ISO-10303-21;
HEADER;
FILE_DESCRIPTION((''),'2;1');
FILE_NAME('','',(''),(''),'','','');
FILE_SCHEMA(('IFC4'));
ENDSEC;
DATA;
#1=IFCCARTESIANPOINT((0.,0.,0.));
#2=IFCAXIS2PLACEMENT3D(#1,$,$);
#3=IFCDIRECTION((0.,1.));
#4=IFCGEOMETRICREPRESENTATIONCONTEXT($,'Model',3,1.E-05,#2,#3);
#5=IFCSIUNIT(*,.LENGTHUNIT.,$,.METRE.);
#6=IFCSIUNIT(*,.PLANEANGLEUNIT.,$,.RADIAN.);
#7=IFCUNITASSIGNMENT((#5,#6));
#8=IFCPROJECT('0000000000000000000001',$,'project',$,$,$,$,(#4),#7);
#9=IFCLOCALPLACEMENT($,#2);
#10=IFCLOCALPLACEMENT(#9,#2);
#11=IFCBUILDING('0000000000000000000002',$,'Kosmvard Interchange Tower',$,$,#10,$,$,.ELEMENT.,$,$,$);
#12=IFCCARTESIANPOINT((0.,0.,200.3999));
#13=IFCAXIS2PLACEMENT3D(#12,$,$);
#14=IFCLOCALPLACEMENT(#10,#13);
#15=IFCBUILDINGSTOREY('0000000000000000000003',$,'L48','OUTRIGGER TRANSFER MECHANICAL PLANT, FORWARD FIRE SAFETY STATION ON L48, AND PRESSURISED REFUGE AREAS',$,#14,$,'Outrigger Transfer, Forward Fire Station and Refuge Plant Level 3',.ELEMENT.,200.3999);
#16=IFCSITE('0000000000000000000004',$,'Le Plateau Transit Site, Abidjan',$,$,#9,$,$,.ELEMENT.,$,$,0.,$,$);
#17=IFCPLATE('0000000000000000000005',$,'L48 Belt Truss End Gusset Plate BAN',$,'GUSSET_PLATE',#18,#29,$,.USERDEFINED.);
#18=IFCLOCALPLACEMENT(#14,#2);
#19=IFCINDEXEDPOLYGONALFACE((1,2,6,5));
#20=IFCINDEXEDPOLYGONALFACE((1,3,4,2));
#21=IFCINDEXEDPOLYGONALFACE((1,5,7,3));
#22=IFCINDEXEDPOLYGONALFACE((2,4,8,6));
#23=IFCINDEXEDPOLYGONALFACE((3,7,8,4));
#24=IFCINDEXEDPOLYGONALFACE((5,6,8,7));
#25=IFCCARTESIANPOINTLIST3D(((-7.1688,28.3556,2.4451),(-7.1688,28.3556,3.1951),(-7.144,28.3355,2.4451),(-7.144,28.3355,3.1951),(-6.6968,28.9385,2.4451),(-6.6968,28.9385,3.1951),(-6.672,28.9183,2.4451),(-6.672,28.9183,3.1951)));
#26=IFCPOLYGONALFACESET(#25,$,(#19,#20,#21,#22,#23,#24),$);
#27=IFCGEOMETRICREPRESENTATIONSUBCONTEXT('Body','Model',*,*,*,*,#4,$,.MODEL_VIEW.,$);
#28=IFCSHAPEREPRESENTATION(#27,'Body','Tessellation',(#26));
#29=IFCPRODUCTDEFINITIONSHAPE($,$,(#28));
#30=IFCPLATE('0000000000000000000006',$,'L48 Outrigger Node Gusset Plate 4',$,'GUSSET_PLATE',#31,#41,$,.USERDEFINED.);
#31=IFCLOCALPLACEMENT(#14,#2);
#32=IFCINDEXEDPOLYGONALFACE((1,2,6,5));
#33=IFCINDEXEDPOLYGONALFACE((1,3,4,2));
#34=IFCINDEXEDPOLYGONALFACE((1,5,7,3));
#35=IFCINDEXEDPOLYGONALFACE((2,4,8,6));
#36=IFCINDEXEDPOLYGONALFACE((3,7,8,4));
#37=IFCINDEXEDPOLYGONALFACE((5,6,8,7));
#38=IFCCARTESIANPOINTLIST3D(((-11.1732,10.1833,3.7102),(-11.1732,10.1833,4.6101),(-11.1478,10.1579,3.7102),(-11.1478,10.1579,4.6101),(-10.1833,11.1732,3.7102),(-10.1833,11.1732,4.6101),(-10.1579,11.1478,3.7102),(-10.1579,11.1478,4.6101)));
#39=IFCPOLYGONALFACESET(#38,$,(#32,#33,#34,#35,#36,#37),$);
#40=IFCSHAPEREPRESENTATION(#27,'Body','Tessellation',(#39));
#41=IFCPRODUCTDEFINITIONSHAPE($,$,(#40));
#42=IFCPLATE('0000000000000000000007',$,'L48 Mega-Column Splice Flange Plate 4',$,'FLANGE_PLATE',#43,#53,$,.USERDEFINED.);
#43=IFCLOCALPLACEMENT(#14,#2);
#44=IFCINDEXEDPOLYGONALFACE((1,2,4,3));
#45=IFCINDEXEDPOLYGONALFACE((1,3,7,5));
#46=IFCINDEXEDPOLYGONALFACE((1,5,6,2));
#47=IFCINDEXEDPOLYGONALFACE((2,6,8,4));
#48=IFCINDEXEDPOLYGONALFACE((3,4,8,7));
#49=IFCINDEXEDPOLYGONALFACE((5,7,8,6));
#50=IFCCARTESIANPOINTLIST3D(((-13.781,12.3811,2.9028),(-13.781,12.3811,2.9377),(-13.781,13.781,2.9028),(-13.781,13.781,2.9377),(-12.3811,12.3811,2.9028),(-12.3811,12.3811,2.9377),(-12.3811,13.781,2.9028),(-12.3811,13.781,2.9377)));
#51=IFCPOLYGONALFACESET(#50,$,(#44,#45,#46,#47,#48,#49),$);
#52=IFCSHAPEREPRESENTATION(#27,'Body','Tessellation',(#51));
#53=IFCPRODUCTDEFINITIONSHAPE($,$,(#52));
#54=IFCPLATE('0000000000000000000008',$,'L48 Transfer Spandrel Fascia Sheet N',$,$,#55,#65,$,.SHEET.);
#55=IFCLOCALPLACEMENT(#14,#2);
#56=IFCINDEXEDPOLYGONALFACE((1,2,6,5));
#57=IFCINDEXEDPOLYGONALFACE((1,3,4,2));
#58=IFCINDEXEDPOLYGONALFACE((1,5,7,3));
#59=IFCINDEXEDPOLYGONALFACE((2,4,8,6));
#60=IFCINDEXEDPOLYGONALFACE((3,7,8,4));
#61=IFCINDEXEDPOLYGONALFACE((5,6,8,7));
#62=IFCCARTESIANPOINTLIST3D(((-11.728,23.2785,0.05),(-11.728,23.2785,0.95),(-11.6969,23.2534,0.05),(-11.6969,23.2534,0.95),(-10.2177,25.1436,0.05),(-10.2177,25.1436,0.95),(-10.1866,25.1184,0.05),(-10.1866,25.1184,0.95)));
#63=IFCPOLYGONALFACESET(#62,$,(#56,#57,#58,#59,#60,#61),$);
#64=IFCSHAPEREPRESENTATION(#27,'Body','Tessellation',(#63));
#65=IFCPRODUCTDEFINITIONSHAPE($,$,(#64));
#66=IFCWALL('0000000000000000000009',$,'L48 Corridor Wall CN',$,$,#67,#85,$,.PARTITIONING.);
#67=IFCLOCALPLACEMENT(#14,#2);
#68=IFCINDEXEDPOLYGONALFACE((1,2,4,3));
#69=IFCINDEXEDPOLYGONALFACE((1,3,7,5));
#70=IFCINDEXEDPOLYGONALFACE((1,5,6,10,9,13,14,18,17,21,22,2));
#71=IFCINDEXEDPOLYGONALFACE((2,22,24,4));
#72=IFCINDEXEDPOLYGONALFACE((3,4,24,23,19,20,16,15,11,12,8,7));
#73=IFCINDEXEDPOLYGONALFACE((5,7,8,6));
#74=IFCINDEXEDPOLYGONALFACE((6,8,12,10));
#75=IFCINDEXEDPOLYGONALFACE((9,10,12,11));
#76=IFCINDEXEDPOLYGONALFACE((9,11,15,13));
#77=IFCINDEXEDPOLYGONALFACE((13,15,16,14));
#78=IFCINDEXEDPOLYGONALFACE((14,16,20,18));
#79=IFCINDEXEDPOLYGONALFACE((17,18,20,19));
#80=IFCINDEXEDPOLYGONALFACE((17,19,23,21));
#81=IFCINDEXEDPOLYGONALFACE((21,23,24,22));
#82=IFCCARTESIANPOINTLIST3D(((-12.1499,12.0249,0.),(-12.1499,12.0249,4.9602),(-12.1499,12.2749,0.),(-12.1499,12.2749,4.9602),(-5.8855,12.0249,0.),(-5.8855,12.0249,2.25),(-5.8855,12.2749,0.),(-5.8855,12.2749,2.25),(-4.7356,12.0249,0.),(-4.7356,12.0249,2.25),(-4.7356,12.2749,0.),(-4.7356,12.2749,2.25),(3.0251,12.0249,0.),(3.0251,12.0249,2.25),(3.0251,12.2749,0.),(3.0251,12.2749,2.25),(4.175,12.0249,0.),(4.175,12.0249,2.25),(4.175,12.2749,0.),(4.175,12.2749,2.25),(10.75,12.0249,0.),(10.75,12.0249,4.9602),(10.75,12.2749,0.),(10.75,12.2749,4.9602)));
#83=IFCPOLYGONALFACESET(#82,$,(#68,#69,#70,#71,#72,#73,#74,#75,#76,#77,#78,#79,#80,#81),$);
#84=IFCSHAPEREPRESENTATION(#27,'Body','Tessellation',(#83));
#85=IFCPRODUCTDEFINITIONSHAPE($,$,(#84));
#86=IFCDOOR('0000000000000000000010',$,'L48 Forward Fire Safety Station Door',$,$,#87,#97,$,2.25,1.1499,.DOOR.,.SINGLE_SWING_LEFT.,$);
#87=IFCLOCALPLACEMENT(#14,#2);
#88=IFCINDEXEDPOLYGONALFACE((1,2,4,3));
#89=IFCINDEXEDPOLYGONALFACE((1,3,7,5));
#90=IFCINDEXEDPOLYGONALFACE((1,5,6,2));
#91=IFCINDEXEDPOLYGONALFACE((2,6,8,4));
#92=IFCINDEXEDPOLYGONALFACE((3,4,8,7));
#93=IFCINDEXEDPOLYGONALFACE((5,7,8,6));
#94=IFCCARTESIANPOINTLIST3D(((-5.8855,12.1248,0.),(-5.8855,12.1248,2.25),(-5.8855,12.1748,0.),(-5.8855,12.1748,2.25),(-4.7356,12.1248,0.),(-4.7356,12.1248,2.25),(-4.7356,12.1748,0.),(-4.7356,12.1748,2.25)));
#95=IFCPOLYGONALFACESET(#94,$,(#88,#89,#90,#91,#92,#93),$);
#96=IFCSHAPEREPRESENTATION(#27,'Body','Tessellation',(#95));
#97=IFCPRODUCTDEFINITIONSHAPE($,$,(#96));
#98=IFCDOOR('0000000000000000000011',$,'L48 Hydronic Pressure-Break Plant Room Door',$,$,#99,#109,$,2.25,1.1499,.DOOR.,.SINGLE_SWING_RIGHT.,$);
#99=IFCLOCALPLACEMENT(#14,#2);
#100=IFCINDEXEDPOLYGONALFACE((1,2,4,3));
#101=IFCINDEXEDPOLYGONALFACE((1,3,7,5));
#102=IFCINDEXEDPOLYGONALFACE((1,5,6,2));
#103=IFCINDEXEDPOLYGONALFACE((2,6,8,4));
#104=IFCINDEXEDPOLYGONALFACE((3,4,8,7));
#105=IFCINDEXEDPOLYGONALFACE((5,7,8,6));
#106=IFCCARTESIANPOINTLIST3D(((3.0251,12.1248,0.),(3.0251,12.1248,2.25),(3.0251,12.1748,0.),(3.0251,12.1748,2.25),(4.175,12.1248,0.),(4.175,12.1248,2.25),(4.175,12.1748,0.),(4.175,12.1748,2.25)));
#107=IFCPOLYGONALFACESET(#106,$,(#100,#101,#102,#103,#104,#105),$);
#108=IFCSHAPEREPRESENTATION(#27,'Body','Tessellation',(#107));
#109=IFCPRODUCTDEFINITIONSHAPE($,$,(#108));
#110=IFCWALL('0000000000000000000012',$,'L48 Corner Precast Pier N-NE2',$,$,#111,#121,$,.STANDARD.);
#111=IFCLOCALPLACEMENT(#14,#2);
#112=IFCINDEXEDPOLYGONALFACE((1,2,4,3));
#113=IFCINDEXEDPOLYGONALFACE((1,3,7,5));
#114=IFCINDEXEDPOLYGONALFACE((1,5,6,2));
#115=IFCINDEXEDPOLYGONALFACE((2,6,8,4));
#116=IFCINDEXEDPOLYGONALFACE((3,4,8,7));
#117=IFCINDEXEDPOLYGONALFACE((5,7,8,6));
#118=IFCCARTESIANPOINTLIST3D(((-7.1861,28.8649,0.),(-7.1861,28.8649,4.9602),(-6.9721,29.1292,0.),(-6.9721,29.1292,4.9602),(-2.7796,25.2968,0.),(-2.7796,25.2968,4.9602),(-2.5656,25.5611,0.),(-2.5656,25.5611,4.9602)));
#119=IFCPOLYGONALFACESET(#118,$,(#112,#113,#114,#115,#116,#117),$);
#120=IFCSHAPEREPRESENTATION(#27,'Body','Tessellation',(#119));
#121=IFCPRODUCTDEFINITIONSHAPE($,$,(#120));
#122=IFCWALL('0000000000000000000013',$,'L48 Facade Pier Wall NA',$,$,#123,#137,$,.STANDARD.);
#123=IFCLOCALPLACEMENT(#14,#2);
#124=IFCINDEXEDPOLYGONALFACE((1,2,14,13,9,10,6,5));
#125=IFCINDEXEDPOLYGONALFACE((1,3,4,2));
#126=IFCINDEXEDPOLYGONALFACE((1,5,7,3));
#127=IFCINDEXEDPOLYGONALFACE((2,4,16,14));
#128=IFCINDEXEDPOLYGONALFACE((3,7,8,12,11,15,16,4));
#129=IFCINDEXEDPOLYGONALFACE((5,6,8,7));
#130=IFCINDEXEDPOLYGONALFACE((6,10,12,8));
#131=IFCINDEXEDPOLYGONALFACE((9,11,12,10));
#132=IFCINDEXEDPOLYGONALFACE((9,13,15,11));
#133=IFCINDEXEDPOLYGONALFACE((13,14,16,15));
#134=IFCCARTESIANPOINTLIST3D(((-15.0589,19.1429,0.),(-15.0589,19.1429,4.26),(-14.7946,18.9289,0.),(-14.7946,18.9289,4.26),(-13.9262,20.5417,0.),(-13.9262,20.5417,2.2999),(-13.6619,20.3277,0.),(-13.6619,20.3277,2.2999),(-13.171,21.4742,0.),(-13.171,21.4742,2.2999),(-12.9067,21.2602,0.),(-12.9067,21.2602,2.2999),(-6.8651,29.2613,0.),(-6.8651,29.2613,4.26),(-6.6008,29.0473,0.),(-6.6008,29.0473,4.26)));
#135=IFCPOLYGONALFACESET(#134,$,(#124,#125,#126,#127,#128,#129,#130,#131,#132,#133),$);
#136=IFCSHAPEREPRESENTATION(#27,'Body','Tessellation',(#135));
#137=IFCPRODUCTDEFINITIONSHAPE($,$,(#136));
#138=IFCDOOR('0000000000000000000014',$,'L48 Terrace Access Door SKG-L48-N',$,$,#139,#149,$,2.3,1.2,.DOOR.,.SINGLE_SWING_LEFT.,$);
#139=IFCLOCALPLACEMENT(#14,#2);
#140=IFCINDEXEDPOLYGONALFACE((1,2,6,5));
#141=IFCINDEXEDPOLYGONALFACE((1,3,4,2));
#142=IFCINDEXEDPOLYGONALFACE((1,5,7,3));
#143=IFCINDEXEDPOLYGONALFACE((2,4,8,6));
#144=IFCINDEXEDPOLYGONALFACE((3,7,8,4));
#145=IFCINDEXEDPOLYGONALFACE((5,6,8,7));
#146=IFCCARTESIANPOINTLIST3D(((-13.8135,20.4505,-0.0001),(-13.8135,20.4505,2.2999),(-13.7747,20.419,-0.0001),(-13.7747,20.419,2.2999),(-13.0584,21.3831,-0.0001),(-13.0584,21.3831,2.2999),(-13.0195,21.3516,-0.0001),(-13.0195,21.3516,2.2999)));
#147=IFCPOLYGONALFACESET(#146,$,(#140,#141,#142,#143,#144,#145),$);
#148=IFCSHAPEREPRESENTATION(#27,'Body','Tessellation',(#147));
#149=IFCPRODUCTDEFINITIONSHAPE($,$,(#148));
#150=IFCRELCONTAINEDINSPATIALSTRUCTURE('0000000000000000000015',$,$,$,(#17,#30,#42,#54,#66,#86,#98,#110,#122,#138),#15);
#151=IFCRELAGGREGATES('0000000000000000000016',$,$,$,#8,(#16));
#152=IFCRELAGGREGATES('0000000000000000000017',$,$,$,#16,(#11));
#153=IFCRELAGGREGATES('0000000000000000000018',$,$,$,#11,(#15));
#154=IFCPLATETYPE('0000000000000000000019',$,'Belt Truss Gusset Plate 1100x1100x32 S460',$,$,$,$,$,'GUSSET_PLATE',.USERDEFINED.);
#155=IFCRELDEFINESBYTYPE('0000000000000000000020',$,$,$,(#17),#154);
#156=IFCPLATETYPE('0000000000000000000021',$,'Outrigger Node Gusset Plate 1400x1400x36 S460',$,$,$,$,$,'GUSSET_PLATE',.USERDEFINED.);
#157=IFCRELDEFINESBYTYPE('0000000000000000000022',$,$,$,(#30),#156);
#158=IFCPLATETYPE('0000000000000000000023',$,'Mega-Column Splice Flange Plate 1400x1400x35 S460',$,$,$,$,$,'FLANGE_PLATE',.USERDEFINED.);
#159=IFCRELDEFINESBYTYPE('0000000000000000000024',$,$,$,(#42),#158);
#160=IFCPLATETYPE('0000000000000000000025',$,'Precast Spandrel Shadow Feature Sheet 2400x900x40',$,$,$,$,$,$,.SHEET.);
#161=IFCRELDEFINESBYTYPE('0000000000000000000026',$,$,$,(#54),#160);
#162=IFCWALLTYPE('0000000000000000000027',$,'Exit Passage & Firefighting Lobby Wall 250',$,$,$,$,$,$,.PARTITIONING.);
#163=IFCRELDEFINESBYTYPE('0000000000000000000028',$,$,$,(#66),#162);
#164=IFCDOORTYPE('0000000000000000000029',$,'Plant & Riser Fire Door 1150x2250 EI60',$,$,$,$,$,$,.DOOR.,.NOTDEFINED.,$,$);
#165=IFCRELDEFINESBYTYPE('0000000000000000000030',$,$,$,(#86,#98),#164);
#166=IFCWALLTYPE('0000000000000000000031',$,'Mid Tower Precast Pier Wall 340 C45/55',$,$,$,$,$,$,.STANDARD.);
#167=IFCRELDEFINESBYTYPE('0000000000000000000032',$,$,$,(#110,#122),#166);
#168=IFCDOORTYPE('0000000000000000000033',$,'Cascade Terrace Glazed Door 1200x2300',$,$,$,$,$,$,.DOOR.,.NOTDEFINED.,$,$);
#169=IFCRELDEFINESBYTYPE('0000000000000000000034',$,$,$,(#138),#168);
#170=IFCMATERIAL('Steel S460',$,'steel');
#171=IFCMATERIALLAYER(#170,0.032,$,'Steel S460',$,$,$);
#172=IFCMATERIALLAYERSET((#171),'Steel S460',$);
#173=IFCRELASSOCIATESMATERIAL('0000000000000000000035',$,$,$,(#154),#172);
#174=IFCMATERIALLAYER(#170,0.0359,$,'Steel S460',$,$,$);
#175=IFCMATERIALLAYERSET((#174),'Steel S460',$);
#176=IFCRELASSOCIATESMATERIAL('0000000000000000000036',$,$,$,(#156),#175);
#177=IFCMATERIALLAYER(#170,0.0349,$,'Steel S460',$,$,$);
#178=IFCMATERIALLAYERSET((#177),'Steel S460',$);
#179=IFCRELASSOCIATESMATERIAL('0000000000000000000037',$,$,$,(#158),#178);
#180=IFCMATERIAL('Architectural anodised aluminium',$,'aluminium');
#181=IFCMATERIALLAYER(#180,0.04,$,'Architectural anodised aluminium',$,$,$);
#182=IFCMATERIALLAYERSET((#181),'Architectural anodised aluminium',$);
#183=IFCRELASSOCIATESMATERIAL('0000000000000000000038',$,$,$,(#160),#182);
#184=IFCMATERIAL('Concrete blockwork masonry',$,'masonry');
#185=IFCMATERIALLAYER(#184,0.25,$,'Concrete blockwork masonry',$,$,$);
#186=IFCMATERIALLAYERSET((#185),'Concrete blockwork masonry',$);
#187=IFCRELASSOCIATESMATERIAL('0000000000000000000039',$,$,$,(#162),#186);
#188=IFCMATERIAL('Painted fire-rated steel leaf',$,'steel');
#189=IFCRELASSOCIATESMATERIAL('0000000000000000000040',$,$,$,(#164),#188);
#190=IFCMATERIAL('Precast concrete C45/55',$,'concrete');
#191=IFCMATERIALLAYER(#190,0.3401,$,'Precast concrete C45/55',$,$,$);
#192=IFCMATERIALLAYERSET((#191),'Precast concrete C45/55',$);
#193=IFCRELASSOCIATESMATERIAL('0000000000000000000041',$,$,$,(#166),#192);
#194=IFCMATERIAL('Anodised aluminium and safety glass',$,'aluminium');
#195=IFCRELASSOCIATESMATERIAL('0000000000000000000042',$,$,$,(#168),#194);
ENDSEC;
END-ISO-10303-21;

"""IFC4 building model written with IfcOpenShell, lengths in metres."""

from ifc_helpers import new_model, si_unit, direction, frame, frame_2d, origin, origin_2d, place, context, subcontext, project, spatial, rectangle, extrude, source, transform, mapped, material, layer, layer_set, type_object, element, fill, save


model = new_model("IFC4")

# Units and contexts
model_context = context("Model", 3, precision=1e-05, world=origin(), true_north=direction((0.0, 1.0)))
body_context = subcontext(model_context, "Body", "Model", "MODEL_VIEW")
ifc_project = project(units=[si_unit("LENGTHUNIT", "METRE"), si_unit("PLANEANGLEUNIT", "RADIAN")], contexts=[model_context])

# Site, building, storey
site_placement = place(None, origin())
site = spatial("IfcSite", under=ifc_project, at=site_placement, Name="Le Plateau Transit Site, Abidjan", CompositionType="ELEMENT", RefElevation=0.0)
building_placement = place(site_placement, origin())
building = spatial("IfcBuilding", under=site, at=building_placement, Name="Kosmvard Interchange Tower", CompositionType="ELEMENT")
storey_placement = place(building_placement, frame((0.0, 0.0, 200.3999)))
storey = spatial("IfcBuildingStorey", under=building, at=storey_placement, Name="L48", Description="OUTRIGGER TRANSFER MECHANICAL PLANT, FORWARD FIRE SAFETY STATION ON L48, AND PRESSURISED REFUGE AREAS", LongName="Outrigger Transfer, Forward Fire Station and Refuge Plant Level 3", CompositionType="ELEMENT", Elevation=200.3999)

# Shared definitions
ifc_material_1 = material(Name="Steel S460", Category="steel")

# Plates
ifc_layer_1 = layer(ifc_material_1, 0.032, Name="Steel S460")
ifc_layer_set_1 = layer_set([ifc_layer_1], Name="Steel S460")
plate_type_1 = type_object("IfcPlateType", Name="Belt Truss Gusset Plate 1100x1100x32 S460", ElementType="GUSSET_PLATE", PredefinedType="USERDEFINED", material=ifc_layer_set_1)
shared_shape_1 = source(origin(), body_context, "Body", "SweptSolid", [
    extrude(rectangle(XDim=0.75, YDim=0.032, at=origin_2d()), origin(), (0.0, 0.0, 1.0), 0.75),
])
plate_1_placement = place(storey_placement, frame((-6.9204, 28.637, 2.4451), z_axis=(0.0, 0.0, 1.0), x_axis=(0.62932, 0.777146, 0.0)))
element("IfcPlate", 1, at=plate_1_placement, inside=storey, type_object=plate_type_1, Name="L48 Belt Truss End Gusset Plate BAN", ObjectType="GUSSET_PLATE", PredefinedType="USERDEFINED", context=body_context, shape_type="MappedRepresentation", body=[
    mapped(shared_shape_1, transform((0.0, 0.0, 0.0), scale=1.0)),
])
ifc_layer_2 = layer(ifc_material_1, 0.0359, Name="Steel S460")
ifc_layer_set_2 = layer_set([ifc_layer_2], Name="Steel S460")
plate_type_2 = type_object("IfcPlateType", Name="Outrigger Node Gusset Plate 1400x1400x36 S460", ElementType="GUSSET_PLATE", PredefinedType="USERDEFINED", material=ifc_layer_set_2)
shared_shape_2 = source(origin(), body_context, "Body", "SweptSolid", [
    extrude(rectangle(XDim=1.3999, YDim=0.0359, at=origin_2d()), origin(), (0.0, 0.0, 1.0), 0.8999),
])
plate_2_placement = place(storey_placement, frame((-10.6655, 10.6655, 3.7102), z_axis=(0.0, 0.0, 1.0), x_axis=(0.707107, 0.707107, 0.0)))
element("IfcPlate", 2, at=plate_2_placement, inside=storey, type_object=plate_type_2, Name="L48 Outrigger Node Gusset Plate 4", ObjectType="GUSSET_PLATE", PredefinedType="USERDEFINED", context=body_context, shape_type="MappedRepresentation", body=[
    mapped(shared_shape_2, transform((0.0, 0.0, 0.0), scale=1.0)),
])
ifc_layer_3 = layer(ifc_material_1, 0.0349, Name="Steel S460")
ifc_layer_set_3 = layer_set([ifc_layer_3], Name="Steel S460")
plate_type_3 = type_object("IfcPlateType", Name="Mega-Column Splice Flange Plate 1400x1400x35 S460", ElementType="FLANGE_PLATE", PredefinedType="USERDEFINED", material=ifc_layer_set_3)
shared_shape_3 = source(origin(), body_context, "Body", "SweptSolid", [
    extrude(rectangle(XDim=1.3999, YDim=1.3999, at=origin_2d()), origin(), (0.0, 0.0, 1.0), 0.0349),
])
plate_3_placement = place(storey_placement, frame((-13.0811, 13.0811, 2.9028), z_axis=(0.0, 0.0, 1.0), x_axis=(1.0, 0.0, 0.0)))
element("IfcPlate", 3, at=plate_3_placement, inside=storey, type_object=plate_type_3, Name="L48 Mega-Column Splice Flange Plate 4", ObjectType="FLANGE_PLATE", PredefinedType="USERDEFINED", context=body_context, shape_type="MappedRepresentation", body=[
    mapped(shared_shape_3, transform((0.0, 0.0, 0.0), scale=1.0)),
])
ifc_material_2 = material(Name="Architectural anodised aluminium", Category="aluminium")
ifc_layer_4 = layer(ifc_material_2, 0.04, Name="Architectural anodised aluminium")
ifc_layer_set_4 = layer_set([ifc_layer_4], Name="Architectural anodised aluminium")
plate_type_4 = type_object("IfcPlateType", Name="Precast Spandrel Shadow Feature Sheet 2400x900x40", PredefinedType="SHEET", material=ifc_layer_set_4)
shared_shape_4 = source(origin(), body_context, "Body", "SweptSolid", [
    extrude(rectangle(XDim=0.04, YDim=2.3999, at=origin_2d()), origin(), (0.0, 0.0, 1.0), 0.8999),
])
plate_4_placement = place(storey_placement, frame((-10.9573, 24.1985, 0.05), z_axis=(0.0, 0.0, 1.0), x_axis=(-0.777146, 0.62932, 0.0)))
element("IfcPlate", 4, at=plate_4_placement, inside=storey, type_object=plate_type_4, Name="L48 Transfer Spandrel Fascia Sheet N", PredefinedType="SHEET", context=body_context, shape_type="MappedRepresentation", body=[
    mapped(shared_shape_4, transform((0.0, 0.0, 0.0), scale=1.0)),
])

# Wall, openings, doors
ifc_material_3 = material(Name="Concrete blockwork masonry", Category="masonry")
ifc_layer_5 = layer(ifc_material_3, 0.25, Name="Concrete blockwork masonry")
ifc_layer_set_5 = layer_set([ifc_layer_5], Name="Concrete blockwork masonry")
wall_type_1 = type_object("IfcWallType", Name="Exit Passage & Firefighting Lobby Wall 250", PredefinedType="PARTITIONING", material=ifc_layer_set_5)
wall_1_placement = place(storey_placement, frame((-12.1499, 12.1499, 0.0), z_axis=(0.0, 0.0, 1.0), x_axis=(1.0, 0.0, 0.0)))
wall_1 = element("IfcWall", 5, at=wall_1_placement, inside=storey, type_object=wall_type_1, Name="L48 Corridor Wall CN", PredefinedType="PARTITIONING", context=body_context, shape_type="SweptSolid", body=[
    extrude(rectangle(XDim=22.8999, YDim=0.25, at=frame_2d((11.45, 0.0))), origin(), (0.0, 0.0, 1.0), 4.9602),
])
opening_1_placement = place(wall_1_placement, frame((6.2644, 0.0, 0.0)))
opening_1 = element("IfcOpeningElement", 6, at=opening_1_placement, cuts=wall_1, PredefinedType="OPENING", context=body_context, shape_type="SweptSolid", body=[
    extrude(rectangle(XDim=1.1499, YDim=2.25, at=frame_2d((0.575, 1.125))), frame((0.0, 0.135, 0.0), z_axis=(0.0, -1.0, 0.0), x_axis=(1.0, 0.0, 0.0)), (0.0, 0.0, 1.0), 0.27),
])
opening_2_placement = place(wall_1_placement, frame((15.175, 0.0, 0.0)))
opening_2 = element("IfcOpeningElement", 7, at=opening_2_placement, cuts=wall_1, PredefinedType="OPENING", context=body_context, shape_type="SweptSolid", body=[
    extrude(rectangle(XDim=1.1499, YDim=2.25, at=frame_2d((0.575, 1.125))), frame((0.0, 0.135, 0.0), z_axis=(0.0, -1.0, 0.0), x_axis=(1.0, 0.0, 0.0)), (0.0, 0.0, 1.0), 0.27),
])
ifc_material_4 = material(Name="Painted fire-rated steel leaf", Category="steel")
door_type_1 = type_object("IfcDoorType", Name="Plant & Riser Fire Door 1150x2250 EI60", OperationType="NOTDEFINED", PredefinedType="DOOR", material=ifc_material_4)
shared_shape_5 = source(origin(), body_context, "Body", "SweptSolid", [
    extrude(rectangle(XDim=1.1499, YDim=2.25, at=frame_2d((0.575, 1.125))), frame((0.0, 0.0249, 0.0), z_axis=(0.0, -1.0, 0.0), x_axis=(1.0, 0.0, 0.0)), (0.0, 0.0, 1.0), 0.05),
])
door_1_placement = place(opening_1_placement, origin())
door_1 = element("IfcDoor", 8, at=door_1_placement, inside=storey, type_object=door_type_1, Name="L48 Forward Fire Safety Station Door", OperationType="SINGLE_SWING_LEFT", OverallHeight=2.25, OverallWidth=1.1499, PredefinedType="DOOR", context=body_context, shape_type="MappedRepresentation", body=[
    mapped(shared_shape_5, transform((0.0, 0.0, 0.0), scale=1.0)),
])
fill(opening_1, door_1)
door_2_placement = place(opening_2_placement, origin())
door_2 = element("IfcDoor", 9, at=door_2_placement, inside=storey, type_object=door_type_1, Name="L48 Hydronic Pressure-Break Plant Room Door", OperationType="SINGLE_SWING_RIGHT", OverallHeight=2.25, OverallWidth=1.1499, PredefinedType="DOOR", context=body_context, shape_type="MappedRepresentation", body=[
    mapped(shared_shape_5, transform((0.0, 0.0, 0.0), scale=1.0)),
])
fill(opening_2, door_2)

# Wall
ifc_material_5 = material(Name="Precast concrete C45/55", Category="concrete")
ifc_layer_6 = layer(ifc_material_5, 0.3401, Name="Precast concrete C45/55")
ifc_layer_set_6 = layer_set([ifc_layer_6], Name="Precast concrete C45/55")
wall_type_2 = type_object("IfcWallType", Name="Mid Tower Precast Pier Wall 340 C45/55", PredefinedType="STANDARD", material=ifc_layer_set_6)
wall_2_placement = place(storey_placement, frame((-2.6726, 25.429, 0.0), z_axis=(0.0, 0.0, 1.0), x_axis=(-0.777163, 0.6293, 0.0)))
element("IfcWall", 10, at=wall_2_placement, inside=storey, type_object=wall_type_2, Name="L48 Corner Precast Pier N-NE2", PredefinedType="STANDARD", context=body_context, shape_type="SweptSolid", body=[
    extrude(rectangle(XDim=5.6699, YDim=0.3401, at=frame_2d((2.835, 0.0))), origin(), (0.0, 0.0, 1.0), 4.9602),
])

# Wall, opening, door
wall_3_placement = place(storey_placement, frame((-6.7329, 29.1543, 0.0), z_axis=(0.0, 0.0, 1.0), x_axis=(-0.629326, -0.777141, 0.0)))
wall_3 = element("IfcWall", 11, at=wall_3_placement, inside=storey, type_object=wall_type_2, Name="L48 Facade Pier Wall NA", PredefinedType="STANDARD", context=body_context, shape_type="SweptSolid", body=[
    extrude(rectangle(XDim=13.02, YDim=0.3401, at=frame_2d((6.51, 0.0))), origin(), (0.0, 0.0, 1.0), 4.26),
])
opening_3_placement = place(wall_3_placement, frame((10.02, 0.0, 0.0)))
opening_3 = element("IfcOpeningElement", 12, at=opening_3_placement, cuts=wall_3, PredefinedType="OPENING", context=body_context, shape_type="SweptSolid", body=[
    extrude(rectangle(XDim=1.2, YDim=2.3, at=frame_2d((0.6001, 1.1499))), frame((0.0, 0.1802, 0.0), z_axis=(0.0, -1.0, 0.0), x_axis=(1.0, 0.0, 0.0)), (0.0, 0.0, 1.0), 0.3601),
])
ifc_material_6 = material(Name="Anodised aluminium and safety glass", Category="aluminium")
door_type_2 = type_object("IfcDoorType", Name="Cascade Terrace Glazed Door 1200x2300", OperationType="NOTDEFINED", PredefinedType="DOOR", material=ifc_material_6)
shared_shape_6 = source(origin(), body_context, "Body", "SweptSolid", [
    extrude(rectangle(XDim=1.2, YDim=2.3, at=frame_2d((0.6001, 1.1499))), frame((0.0, 0.0249, 0.0), z_axis=(0.0, -1.0, 0.0), x_axis=(1.0, 0.0, 0.0)), (0.0, 0.0, 1.0), 0.05),
])
door_3_placement = place(opening_3_placement, origin())
door_3 = element("IfcDoor", 13, at=door_3_placement, inside=storey, type_object=door_type_2, Name="L48 Terrace Access Door SKG-L48-N", OperationType="SINGLE_SWING_LEFT", OverallHeight=2.3, OverallWidth=1.2, PredefinedType="DOOR", context=body_context, shape_type="MappedRepresentation", body=[
    mapped(shared_shape_6, transform((0.0, 0.0, 0.0), scale=1.0)),
])
fill(opening_3, door_3)

save(model, "model.ifc")
